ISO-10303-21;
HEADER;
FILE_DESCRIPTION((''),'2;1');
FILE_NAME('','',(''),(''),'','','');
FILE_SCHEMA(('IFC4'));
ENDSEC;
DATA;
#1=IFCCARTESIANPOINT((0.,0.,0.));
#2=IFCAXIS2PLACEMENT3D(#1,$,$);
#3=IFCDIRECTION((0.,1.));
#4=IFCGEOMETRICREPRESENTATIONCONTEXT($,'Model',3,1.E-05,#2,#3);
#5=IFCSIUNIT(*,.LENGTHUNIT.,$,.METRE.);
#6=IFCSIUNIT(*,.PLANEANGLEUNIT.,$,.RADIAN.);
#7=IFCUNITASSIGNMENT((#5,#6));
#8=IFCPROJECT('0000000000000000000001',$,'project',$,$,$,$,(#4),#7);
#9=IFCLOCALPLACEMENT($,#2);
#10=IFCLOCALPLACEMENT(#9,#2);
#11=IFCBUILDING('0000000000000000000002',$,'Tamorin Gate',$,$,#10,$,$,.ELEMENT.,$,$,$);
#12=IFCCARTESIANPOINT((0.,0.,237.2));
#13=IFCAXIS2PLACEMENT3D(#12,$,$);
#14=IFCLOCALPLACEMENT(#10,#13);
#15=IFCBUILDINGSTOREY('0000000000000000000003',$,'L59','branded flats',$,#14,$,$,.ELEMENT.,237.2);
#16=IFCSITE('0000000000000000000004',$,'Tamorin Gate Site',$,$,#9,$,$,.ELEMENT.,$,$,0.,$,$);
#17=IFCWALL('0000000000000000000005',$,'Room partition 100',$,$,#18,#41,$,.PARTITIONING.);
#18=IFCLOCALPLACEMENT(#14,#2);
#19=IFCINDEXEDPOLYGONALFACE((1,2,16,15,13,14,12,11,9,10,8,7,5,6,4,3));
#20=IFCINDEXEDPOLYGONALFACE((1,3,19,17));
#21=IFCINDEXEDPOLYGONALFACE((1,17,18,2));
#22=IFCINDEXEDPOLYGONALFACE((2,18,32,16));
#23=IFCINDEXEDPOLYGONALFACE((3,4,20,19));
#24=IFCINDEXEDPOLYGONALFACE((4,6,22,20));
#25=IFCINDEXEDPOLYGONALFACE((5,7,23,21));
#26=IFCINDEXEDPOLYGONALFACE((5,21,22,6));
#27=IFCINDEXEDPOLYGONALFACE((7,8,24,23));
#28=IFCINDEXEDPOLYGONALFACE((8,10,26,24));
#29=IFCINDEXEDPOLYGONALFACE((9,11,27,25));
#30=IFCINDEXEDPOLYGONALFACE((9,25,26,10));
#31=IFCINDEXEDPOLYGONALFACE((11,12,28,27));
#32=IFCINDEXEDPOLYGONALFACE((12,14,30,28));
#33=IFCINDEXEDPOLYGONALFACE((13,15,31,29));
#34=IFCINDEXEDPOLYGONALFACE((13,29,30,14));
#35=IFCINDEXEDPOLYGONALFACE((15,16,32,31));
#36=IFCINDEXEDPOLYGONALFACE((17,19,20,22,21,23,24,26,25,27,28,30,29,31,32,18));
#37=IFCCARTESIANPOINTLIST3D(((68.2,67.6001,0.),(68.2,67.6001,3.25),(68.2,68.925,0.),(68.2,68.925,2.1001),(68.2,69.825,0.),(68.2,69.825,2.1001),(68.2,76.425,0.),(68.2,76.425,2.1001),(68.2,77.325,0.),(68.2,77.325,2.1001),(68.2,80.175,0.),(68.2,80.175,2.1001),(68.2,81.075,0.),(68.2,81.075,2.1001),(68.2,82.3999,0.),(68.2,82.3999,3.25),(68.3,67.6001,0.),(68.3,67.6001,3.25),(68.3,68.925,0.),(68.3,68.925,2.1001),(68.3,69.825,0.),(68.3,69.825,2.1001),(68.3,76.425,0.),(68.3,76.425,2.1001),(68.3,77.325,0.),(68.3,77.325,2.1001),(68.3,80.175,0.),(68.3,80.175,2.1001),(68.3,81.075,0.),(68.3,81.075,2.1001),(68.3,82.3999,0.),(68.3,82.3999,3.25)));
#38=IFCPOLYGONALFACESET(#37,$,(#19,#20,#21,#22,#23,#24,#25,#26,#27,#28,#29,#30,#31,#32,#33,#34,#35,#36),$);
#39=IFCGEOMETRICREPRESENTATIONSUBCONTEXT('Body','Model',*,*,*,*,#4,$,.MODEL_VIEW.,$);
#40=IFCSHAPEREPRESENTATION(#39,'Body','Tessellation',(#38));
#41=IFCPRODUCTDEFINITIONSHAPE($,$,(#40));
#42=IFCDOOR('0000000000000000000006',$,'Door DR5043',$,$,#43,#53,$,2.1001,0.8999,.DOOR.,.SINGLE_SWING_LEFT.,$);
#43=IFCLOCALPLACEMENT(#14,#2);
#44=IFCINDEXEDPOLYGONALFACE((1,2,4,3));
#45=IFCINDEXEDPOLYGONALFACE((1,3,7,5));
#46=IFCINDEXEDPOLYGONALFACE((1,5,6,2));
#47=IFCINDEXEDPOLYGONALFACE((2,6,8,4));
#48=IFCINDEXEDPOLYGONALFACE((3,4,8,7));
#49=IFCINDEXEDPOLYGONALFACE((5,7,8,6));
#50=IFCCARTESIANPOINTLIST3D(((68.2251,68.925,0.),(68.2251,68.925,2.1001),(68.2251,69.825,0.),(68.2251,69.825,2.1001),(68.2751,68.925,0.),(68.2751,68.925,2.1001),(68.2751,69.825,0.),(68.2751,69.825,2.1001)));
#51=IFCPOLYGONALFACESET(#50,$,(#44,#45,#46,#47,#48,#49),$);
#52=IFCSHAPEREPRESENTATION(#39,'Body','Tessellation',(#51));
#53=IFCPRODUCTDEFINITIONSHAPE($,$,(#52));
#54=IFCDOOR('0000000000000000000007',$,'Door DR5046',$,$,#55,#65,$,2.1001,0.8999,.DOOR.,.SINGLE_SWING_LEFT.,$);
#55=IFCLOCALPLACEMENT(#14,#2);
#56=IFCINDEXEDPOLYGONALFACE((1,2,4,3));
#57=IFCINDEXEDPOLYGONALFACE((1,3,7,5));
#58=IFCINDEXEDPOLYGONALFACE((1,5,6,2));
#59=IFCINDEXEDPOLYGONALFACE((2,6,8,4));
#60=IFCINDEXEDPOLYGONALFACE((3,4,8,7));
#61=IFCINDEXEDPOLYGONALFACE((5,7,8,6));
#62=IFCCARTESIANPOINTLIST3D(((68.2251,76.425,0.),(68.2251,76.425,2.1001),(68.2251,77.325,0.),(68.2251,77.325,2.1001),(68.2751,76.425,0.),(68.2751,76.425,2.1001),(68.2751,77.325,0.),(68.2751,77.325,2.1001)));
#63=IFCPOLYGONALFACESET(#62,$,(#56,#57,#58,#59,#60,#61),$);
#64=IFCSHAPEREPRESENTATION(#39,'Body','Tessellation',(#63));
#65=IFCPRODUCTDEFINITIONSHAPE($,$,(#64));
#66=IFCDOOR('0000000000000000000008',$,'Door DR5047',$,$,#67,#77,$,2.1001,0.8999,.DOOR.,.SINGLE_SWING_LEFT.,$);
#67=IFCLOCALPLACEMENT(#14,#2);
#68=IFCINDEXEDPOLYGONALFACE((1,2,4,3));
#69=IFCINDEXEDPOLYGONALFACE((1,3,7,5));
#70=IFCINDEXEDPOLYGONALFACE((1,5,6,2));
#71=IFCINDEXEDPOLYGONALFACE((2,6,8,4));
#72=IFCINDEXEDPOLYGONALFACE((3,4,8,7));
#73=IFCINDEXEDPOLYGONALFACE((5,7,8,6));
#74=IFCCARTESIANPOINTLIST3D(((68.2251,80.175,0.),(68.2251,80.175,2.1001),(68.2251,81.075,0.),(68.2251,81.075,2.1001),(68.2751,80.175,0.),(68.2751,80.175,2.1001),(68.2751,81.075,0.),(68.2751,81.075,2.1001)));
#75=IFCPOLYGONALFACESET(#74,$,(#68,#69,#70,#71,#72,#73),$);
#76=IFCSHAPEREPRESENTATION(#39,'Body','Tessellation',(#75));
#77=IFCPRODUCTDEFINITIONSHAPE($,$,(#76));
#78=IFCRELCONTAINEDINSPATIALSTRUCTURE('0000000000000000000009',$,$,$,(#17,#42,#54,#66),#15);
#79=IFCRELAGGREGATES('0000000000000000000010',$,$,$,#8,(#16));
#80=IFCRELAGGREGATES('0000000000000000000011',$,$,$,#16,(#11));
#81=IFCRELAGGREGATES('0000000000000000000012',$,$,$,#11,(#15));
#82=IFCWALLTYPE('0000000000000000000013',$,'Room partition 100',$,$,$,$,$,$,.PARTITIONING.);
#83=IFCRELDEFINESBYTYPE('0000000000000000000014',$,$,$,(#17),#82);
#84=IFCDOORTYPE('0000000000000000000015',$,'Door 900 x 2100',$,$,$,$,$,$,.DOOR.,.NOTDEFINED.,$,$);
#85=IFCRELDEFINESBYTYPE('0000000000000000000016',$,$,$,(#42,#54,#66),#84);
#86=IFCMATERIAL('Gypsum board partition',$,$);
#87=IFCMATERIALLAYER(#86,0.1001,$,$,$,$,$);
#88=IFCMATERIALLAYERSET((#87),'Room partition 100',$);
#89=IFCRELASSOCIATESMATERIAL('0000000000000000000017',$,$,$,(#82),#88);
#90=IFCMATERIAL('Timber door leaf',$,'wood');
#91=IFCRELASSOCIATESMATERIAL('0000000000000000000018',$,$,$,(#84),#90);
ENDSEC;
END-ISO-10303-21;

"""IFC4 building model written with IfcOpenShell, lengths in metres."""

from ifc_helpers import new_model, si_unit, direction, frame, frame_2d, origin, place, context, subcontext, project, spatial, rectangle, extrude, material, layer, layer_set, type_object, element, fill, save


model = new_model("IFC4")

# Units and contexts
model_context = context("Model", 3, precision=1e-05, world=origin(), true_north=direction((0.0, 1.0)))
body_context = subcontext(model_context, "Body", "Model", "MODEL_VIEW")
ifc_project = project(units=[si_unit("LENGTHUNIT", "METRE"), si_unit("PLANEANGLEUNIT", "RADIAN")], contexts=[model_context])

# Site, building, storey
site_placement = place(None, origin())
site = spatial("IfcSite", under=ifc_project, at=site_placement, Name="Tamorin Gate Site", CompositionType="ELEMENT", RefElevation=0.0)
building_placement = place(site_placement, origin())
building = spatial("IfcBuilding", under=site, at=building_placement, Name="Tamorin Gate", CompositionType="ELEMENT")
storey_placement = place(building_placement, frame((0.0, 0.0, 237.2)))
storey = spatial("IfcBuildingStorey", under=building, at=storey_placement, Name="L59", Description="branded flats", CompositionType="ELEMENT", Elevation=237.2)

# Shared definitions
ifc_material_1 = material(Name="Gypsum board partition")
ifc_layer_1 = layer(ifc_material_1, 0.1001)
ifc_layer_set_1 = layer_set([ifc_layer_1], Name="Room partition 100")
wall_type_1 = type_object("IfcWallType", Name="Room partition 100", PredefinedType="PARTITIONING", material=ifc_layer_set_1)
ifc_material_2 = material(Name="Timber door leaf", Category="wood")
door_type = type_object("IfcDoorType", Name="Door 900 x 2100", OperationType="NOTDEFINED", PredefinedType="DOOR", material=ifc_material_2)

# Wall, openings, doors
wall_1_placement = place(storey_placement, frame((68.25, 67.6001, 0.0), z_axis=(0.0, 0.0, 1.0), x_axis=(0.0, 1.0, 0.0)))
wall_1 = element("IfcWall", 1, at=wall_1_placement, inside=storey, type_object=wall_type_1, Name="Room partition 100", PredefinedType="PARTITIONING", context=body_context, shape_type="SweptSolid", body=[
    extrude(rectangle(XDim=14.7998, YDim=0.1001, at=frame_2d((7.3999, 0.0))), origin(), (0.0, 0.0, 1.0), 3.25),
])
opening_1_placement = place(wall_1_placement, frame((1.325, 0.0, 0.0)))
opening_1 = element("IfcOpeningElement", 2, at=opening_1_placement, cuts=wall_1, PredefinedType="OPENING", context=body_context, shape_type="SweptSolid", body=[
    extrude(rectangle(XDim=0.8999, YDim=2.1001, at=frame_2d((0.45, 1.05))), frame((0.0, 0.0601, 0.0), z_axis=(0.0, -1.0, 0.0), x_axis=(1.0, 0.0, 0.0)), (0.0, 0.0, 1.0), 0.1201),
])
opening_2_placement = place(wall_1_placement, frame((8.825, 0.0, 0.0)))
opening_2 = element("IfcOpeningElement", 3, at=opening_2_placement, cuts=wall_1, PredefinedType="OPENING", context=body_context, shape_type="SweptSolid", body=[
    extrude(rectangle(XDim=0.8999, YDim=2.1001, at=frame_2d((0.45, 1.05))), frame((0.0, 0.0601, 0.0), z_axis=(0.0, -1.0, 0.0), x_axis=(1.0, 0.0, 0.0)), (0.0, 0.0, 1.0), 0.1201),
])
opening_3_placement = place(wall_1_placement, frame((12.575, 0.0, 0.0)))
opening_3 = element("IfcOpeningElement", 4, at=opening_3_placement, cuts=wall_1, PredefinedType="OPENING", context=body_context, shape_type="SweptSolid", body=[
    extrude(rectangle(XDim=0.8999, YDim=2.1001, at=frame_2d((0.45, 1.05))), frame((0.0, 0.0601, 0.0), z_axis=(0.0, -1.0, 0.0), x_axis=(1.0, 0.0, 0.0)), (0.0, 0.0, 1.0), 0.1201),
])
door_1_placement = place(opening_1_placement, origin())
door_1 = element("IfcDoor", 5, at=door_1_placement, inside=storey, type_object=door_type, Name="Door DR5043", OperationType="SINGLE_SWING_LEFT", OverallHeight=2.1001, OverallWidth=0.8999, PredefinedType="DOOR", context=body_context, shape_type="SweptSolid", body=[
    extrude(rectangle(XDim=0.8999, YDim=2.1001, at=frame_2d((0.45, 1.05))), frame((0.0, 0.0249, 0.0), z_axis=(0.0, -1.0, 0.0), x_axis=(1.0, 0.0, 0.0)), (0.0, 0.0, 1.0), 0.05),
])
fill(opening_1, door_1)
door_2_placement = place(opening_2_placement, origin())
door_2 = element("IfcDoor", 6, at=door_2_placement, inside=storey, type_object=door_type, Name="Door DR5046", OperationType="SINGLE_SWING_LEFT", OverallHeight=2.1001, OverallWidth=0.8999, PredefinedType="DOOR", context=body_context, shape_type="SweptSolid", body=[
    extrude(rectangle(XDim=0.8999, YDim=2.1001, at=frame_2d((0.45, 1.05))), frame((0.0, 0.0249, 0.0), z_axis=(0.0, -1.0, 0.0), x_axis=(1.0, 0.0, 0.0)), (0.0, 0.0, 1.0), 0.05),
])
fill(opening_2, door_2)
door_3_placement = place(opening_3_placement, origin())
door_3 = element("IfcDoor", 7, at=door_3_placement, inside=storey, type_object=door_type, Name="Door DR5047", OperationType="SINGLE_SWING_LEFT", OverallHeight=2.1001, OverallWidth=0.8999, PredefinedType="DOOR", context=body_context, shape_type="SweptSolid", body=[
    extrude(rectangle(XDim=0.8999, YDim=2.1001, at=frame_2d((0.45, 1.05))), frame((0.0, 0.0249, 0.0), z_axis=(0.0, -1.0, 0.0), x_axis=(1.0, 0.0, 0.0)), (0.0, 0.0, 1.0), 0.05),
])
fill(opening_3, door_3)

save(model, "model.ifc")
